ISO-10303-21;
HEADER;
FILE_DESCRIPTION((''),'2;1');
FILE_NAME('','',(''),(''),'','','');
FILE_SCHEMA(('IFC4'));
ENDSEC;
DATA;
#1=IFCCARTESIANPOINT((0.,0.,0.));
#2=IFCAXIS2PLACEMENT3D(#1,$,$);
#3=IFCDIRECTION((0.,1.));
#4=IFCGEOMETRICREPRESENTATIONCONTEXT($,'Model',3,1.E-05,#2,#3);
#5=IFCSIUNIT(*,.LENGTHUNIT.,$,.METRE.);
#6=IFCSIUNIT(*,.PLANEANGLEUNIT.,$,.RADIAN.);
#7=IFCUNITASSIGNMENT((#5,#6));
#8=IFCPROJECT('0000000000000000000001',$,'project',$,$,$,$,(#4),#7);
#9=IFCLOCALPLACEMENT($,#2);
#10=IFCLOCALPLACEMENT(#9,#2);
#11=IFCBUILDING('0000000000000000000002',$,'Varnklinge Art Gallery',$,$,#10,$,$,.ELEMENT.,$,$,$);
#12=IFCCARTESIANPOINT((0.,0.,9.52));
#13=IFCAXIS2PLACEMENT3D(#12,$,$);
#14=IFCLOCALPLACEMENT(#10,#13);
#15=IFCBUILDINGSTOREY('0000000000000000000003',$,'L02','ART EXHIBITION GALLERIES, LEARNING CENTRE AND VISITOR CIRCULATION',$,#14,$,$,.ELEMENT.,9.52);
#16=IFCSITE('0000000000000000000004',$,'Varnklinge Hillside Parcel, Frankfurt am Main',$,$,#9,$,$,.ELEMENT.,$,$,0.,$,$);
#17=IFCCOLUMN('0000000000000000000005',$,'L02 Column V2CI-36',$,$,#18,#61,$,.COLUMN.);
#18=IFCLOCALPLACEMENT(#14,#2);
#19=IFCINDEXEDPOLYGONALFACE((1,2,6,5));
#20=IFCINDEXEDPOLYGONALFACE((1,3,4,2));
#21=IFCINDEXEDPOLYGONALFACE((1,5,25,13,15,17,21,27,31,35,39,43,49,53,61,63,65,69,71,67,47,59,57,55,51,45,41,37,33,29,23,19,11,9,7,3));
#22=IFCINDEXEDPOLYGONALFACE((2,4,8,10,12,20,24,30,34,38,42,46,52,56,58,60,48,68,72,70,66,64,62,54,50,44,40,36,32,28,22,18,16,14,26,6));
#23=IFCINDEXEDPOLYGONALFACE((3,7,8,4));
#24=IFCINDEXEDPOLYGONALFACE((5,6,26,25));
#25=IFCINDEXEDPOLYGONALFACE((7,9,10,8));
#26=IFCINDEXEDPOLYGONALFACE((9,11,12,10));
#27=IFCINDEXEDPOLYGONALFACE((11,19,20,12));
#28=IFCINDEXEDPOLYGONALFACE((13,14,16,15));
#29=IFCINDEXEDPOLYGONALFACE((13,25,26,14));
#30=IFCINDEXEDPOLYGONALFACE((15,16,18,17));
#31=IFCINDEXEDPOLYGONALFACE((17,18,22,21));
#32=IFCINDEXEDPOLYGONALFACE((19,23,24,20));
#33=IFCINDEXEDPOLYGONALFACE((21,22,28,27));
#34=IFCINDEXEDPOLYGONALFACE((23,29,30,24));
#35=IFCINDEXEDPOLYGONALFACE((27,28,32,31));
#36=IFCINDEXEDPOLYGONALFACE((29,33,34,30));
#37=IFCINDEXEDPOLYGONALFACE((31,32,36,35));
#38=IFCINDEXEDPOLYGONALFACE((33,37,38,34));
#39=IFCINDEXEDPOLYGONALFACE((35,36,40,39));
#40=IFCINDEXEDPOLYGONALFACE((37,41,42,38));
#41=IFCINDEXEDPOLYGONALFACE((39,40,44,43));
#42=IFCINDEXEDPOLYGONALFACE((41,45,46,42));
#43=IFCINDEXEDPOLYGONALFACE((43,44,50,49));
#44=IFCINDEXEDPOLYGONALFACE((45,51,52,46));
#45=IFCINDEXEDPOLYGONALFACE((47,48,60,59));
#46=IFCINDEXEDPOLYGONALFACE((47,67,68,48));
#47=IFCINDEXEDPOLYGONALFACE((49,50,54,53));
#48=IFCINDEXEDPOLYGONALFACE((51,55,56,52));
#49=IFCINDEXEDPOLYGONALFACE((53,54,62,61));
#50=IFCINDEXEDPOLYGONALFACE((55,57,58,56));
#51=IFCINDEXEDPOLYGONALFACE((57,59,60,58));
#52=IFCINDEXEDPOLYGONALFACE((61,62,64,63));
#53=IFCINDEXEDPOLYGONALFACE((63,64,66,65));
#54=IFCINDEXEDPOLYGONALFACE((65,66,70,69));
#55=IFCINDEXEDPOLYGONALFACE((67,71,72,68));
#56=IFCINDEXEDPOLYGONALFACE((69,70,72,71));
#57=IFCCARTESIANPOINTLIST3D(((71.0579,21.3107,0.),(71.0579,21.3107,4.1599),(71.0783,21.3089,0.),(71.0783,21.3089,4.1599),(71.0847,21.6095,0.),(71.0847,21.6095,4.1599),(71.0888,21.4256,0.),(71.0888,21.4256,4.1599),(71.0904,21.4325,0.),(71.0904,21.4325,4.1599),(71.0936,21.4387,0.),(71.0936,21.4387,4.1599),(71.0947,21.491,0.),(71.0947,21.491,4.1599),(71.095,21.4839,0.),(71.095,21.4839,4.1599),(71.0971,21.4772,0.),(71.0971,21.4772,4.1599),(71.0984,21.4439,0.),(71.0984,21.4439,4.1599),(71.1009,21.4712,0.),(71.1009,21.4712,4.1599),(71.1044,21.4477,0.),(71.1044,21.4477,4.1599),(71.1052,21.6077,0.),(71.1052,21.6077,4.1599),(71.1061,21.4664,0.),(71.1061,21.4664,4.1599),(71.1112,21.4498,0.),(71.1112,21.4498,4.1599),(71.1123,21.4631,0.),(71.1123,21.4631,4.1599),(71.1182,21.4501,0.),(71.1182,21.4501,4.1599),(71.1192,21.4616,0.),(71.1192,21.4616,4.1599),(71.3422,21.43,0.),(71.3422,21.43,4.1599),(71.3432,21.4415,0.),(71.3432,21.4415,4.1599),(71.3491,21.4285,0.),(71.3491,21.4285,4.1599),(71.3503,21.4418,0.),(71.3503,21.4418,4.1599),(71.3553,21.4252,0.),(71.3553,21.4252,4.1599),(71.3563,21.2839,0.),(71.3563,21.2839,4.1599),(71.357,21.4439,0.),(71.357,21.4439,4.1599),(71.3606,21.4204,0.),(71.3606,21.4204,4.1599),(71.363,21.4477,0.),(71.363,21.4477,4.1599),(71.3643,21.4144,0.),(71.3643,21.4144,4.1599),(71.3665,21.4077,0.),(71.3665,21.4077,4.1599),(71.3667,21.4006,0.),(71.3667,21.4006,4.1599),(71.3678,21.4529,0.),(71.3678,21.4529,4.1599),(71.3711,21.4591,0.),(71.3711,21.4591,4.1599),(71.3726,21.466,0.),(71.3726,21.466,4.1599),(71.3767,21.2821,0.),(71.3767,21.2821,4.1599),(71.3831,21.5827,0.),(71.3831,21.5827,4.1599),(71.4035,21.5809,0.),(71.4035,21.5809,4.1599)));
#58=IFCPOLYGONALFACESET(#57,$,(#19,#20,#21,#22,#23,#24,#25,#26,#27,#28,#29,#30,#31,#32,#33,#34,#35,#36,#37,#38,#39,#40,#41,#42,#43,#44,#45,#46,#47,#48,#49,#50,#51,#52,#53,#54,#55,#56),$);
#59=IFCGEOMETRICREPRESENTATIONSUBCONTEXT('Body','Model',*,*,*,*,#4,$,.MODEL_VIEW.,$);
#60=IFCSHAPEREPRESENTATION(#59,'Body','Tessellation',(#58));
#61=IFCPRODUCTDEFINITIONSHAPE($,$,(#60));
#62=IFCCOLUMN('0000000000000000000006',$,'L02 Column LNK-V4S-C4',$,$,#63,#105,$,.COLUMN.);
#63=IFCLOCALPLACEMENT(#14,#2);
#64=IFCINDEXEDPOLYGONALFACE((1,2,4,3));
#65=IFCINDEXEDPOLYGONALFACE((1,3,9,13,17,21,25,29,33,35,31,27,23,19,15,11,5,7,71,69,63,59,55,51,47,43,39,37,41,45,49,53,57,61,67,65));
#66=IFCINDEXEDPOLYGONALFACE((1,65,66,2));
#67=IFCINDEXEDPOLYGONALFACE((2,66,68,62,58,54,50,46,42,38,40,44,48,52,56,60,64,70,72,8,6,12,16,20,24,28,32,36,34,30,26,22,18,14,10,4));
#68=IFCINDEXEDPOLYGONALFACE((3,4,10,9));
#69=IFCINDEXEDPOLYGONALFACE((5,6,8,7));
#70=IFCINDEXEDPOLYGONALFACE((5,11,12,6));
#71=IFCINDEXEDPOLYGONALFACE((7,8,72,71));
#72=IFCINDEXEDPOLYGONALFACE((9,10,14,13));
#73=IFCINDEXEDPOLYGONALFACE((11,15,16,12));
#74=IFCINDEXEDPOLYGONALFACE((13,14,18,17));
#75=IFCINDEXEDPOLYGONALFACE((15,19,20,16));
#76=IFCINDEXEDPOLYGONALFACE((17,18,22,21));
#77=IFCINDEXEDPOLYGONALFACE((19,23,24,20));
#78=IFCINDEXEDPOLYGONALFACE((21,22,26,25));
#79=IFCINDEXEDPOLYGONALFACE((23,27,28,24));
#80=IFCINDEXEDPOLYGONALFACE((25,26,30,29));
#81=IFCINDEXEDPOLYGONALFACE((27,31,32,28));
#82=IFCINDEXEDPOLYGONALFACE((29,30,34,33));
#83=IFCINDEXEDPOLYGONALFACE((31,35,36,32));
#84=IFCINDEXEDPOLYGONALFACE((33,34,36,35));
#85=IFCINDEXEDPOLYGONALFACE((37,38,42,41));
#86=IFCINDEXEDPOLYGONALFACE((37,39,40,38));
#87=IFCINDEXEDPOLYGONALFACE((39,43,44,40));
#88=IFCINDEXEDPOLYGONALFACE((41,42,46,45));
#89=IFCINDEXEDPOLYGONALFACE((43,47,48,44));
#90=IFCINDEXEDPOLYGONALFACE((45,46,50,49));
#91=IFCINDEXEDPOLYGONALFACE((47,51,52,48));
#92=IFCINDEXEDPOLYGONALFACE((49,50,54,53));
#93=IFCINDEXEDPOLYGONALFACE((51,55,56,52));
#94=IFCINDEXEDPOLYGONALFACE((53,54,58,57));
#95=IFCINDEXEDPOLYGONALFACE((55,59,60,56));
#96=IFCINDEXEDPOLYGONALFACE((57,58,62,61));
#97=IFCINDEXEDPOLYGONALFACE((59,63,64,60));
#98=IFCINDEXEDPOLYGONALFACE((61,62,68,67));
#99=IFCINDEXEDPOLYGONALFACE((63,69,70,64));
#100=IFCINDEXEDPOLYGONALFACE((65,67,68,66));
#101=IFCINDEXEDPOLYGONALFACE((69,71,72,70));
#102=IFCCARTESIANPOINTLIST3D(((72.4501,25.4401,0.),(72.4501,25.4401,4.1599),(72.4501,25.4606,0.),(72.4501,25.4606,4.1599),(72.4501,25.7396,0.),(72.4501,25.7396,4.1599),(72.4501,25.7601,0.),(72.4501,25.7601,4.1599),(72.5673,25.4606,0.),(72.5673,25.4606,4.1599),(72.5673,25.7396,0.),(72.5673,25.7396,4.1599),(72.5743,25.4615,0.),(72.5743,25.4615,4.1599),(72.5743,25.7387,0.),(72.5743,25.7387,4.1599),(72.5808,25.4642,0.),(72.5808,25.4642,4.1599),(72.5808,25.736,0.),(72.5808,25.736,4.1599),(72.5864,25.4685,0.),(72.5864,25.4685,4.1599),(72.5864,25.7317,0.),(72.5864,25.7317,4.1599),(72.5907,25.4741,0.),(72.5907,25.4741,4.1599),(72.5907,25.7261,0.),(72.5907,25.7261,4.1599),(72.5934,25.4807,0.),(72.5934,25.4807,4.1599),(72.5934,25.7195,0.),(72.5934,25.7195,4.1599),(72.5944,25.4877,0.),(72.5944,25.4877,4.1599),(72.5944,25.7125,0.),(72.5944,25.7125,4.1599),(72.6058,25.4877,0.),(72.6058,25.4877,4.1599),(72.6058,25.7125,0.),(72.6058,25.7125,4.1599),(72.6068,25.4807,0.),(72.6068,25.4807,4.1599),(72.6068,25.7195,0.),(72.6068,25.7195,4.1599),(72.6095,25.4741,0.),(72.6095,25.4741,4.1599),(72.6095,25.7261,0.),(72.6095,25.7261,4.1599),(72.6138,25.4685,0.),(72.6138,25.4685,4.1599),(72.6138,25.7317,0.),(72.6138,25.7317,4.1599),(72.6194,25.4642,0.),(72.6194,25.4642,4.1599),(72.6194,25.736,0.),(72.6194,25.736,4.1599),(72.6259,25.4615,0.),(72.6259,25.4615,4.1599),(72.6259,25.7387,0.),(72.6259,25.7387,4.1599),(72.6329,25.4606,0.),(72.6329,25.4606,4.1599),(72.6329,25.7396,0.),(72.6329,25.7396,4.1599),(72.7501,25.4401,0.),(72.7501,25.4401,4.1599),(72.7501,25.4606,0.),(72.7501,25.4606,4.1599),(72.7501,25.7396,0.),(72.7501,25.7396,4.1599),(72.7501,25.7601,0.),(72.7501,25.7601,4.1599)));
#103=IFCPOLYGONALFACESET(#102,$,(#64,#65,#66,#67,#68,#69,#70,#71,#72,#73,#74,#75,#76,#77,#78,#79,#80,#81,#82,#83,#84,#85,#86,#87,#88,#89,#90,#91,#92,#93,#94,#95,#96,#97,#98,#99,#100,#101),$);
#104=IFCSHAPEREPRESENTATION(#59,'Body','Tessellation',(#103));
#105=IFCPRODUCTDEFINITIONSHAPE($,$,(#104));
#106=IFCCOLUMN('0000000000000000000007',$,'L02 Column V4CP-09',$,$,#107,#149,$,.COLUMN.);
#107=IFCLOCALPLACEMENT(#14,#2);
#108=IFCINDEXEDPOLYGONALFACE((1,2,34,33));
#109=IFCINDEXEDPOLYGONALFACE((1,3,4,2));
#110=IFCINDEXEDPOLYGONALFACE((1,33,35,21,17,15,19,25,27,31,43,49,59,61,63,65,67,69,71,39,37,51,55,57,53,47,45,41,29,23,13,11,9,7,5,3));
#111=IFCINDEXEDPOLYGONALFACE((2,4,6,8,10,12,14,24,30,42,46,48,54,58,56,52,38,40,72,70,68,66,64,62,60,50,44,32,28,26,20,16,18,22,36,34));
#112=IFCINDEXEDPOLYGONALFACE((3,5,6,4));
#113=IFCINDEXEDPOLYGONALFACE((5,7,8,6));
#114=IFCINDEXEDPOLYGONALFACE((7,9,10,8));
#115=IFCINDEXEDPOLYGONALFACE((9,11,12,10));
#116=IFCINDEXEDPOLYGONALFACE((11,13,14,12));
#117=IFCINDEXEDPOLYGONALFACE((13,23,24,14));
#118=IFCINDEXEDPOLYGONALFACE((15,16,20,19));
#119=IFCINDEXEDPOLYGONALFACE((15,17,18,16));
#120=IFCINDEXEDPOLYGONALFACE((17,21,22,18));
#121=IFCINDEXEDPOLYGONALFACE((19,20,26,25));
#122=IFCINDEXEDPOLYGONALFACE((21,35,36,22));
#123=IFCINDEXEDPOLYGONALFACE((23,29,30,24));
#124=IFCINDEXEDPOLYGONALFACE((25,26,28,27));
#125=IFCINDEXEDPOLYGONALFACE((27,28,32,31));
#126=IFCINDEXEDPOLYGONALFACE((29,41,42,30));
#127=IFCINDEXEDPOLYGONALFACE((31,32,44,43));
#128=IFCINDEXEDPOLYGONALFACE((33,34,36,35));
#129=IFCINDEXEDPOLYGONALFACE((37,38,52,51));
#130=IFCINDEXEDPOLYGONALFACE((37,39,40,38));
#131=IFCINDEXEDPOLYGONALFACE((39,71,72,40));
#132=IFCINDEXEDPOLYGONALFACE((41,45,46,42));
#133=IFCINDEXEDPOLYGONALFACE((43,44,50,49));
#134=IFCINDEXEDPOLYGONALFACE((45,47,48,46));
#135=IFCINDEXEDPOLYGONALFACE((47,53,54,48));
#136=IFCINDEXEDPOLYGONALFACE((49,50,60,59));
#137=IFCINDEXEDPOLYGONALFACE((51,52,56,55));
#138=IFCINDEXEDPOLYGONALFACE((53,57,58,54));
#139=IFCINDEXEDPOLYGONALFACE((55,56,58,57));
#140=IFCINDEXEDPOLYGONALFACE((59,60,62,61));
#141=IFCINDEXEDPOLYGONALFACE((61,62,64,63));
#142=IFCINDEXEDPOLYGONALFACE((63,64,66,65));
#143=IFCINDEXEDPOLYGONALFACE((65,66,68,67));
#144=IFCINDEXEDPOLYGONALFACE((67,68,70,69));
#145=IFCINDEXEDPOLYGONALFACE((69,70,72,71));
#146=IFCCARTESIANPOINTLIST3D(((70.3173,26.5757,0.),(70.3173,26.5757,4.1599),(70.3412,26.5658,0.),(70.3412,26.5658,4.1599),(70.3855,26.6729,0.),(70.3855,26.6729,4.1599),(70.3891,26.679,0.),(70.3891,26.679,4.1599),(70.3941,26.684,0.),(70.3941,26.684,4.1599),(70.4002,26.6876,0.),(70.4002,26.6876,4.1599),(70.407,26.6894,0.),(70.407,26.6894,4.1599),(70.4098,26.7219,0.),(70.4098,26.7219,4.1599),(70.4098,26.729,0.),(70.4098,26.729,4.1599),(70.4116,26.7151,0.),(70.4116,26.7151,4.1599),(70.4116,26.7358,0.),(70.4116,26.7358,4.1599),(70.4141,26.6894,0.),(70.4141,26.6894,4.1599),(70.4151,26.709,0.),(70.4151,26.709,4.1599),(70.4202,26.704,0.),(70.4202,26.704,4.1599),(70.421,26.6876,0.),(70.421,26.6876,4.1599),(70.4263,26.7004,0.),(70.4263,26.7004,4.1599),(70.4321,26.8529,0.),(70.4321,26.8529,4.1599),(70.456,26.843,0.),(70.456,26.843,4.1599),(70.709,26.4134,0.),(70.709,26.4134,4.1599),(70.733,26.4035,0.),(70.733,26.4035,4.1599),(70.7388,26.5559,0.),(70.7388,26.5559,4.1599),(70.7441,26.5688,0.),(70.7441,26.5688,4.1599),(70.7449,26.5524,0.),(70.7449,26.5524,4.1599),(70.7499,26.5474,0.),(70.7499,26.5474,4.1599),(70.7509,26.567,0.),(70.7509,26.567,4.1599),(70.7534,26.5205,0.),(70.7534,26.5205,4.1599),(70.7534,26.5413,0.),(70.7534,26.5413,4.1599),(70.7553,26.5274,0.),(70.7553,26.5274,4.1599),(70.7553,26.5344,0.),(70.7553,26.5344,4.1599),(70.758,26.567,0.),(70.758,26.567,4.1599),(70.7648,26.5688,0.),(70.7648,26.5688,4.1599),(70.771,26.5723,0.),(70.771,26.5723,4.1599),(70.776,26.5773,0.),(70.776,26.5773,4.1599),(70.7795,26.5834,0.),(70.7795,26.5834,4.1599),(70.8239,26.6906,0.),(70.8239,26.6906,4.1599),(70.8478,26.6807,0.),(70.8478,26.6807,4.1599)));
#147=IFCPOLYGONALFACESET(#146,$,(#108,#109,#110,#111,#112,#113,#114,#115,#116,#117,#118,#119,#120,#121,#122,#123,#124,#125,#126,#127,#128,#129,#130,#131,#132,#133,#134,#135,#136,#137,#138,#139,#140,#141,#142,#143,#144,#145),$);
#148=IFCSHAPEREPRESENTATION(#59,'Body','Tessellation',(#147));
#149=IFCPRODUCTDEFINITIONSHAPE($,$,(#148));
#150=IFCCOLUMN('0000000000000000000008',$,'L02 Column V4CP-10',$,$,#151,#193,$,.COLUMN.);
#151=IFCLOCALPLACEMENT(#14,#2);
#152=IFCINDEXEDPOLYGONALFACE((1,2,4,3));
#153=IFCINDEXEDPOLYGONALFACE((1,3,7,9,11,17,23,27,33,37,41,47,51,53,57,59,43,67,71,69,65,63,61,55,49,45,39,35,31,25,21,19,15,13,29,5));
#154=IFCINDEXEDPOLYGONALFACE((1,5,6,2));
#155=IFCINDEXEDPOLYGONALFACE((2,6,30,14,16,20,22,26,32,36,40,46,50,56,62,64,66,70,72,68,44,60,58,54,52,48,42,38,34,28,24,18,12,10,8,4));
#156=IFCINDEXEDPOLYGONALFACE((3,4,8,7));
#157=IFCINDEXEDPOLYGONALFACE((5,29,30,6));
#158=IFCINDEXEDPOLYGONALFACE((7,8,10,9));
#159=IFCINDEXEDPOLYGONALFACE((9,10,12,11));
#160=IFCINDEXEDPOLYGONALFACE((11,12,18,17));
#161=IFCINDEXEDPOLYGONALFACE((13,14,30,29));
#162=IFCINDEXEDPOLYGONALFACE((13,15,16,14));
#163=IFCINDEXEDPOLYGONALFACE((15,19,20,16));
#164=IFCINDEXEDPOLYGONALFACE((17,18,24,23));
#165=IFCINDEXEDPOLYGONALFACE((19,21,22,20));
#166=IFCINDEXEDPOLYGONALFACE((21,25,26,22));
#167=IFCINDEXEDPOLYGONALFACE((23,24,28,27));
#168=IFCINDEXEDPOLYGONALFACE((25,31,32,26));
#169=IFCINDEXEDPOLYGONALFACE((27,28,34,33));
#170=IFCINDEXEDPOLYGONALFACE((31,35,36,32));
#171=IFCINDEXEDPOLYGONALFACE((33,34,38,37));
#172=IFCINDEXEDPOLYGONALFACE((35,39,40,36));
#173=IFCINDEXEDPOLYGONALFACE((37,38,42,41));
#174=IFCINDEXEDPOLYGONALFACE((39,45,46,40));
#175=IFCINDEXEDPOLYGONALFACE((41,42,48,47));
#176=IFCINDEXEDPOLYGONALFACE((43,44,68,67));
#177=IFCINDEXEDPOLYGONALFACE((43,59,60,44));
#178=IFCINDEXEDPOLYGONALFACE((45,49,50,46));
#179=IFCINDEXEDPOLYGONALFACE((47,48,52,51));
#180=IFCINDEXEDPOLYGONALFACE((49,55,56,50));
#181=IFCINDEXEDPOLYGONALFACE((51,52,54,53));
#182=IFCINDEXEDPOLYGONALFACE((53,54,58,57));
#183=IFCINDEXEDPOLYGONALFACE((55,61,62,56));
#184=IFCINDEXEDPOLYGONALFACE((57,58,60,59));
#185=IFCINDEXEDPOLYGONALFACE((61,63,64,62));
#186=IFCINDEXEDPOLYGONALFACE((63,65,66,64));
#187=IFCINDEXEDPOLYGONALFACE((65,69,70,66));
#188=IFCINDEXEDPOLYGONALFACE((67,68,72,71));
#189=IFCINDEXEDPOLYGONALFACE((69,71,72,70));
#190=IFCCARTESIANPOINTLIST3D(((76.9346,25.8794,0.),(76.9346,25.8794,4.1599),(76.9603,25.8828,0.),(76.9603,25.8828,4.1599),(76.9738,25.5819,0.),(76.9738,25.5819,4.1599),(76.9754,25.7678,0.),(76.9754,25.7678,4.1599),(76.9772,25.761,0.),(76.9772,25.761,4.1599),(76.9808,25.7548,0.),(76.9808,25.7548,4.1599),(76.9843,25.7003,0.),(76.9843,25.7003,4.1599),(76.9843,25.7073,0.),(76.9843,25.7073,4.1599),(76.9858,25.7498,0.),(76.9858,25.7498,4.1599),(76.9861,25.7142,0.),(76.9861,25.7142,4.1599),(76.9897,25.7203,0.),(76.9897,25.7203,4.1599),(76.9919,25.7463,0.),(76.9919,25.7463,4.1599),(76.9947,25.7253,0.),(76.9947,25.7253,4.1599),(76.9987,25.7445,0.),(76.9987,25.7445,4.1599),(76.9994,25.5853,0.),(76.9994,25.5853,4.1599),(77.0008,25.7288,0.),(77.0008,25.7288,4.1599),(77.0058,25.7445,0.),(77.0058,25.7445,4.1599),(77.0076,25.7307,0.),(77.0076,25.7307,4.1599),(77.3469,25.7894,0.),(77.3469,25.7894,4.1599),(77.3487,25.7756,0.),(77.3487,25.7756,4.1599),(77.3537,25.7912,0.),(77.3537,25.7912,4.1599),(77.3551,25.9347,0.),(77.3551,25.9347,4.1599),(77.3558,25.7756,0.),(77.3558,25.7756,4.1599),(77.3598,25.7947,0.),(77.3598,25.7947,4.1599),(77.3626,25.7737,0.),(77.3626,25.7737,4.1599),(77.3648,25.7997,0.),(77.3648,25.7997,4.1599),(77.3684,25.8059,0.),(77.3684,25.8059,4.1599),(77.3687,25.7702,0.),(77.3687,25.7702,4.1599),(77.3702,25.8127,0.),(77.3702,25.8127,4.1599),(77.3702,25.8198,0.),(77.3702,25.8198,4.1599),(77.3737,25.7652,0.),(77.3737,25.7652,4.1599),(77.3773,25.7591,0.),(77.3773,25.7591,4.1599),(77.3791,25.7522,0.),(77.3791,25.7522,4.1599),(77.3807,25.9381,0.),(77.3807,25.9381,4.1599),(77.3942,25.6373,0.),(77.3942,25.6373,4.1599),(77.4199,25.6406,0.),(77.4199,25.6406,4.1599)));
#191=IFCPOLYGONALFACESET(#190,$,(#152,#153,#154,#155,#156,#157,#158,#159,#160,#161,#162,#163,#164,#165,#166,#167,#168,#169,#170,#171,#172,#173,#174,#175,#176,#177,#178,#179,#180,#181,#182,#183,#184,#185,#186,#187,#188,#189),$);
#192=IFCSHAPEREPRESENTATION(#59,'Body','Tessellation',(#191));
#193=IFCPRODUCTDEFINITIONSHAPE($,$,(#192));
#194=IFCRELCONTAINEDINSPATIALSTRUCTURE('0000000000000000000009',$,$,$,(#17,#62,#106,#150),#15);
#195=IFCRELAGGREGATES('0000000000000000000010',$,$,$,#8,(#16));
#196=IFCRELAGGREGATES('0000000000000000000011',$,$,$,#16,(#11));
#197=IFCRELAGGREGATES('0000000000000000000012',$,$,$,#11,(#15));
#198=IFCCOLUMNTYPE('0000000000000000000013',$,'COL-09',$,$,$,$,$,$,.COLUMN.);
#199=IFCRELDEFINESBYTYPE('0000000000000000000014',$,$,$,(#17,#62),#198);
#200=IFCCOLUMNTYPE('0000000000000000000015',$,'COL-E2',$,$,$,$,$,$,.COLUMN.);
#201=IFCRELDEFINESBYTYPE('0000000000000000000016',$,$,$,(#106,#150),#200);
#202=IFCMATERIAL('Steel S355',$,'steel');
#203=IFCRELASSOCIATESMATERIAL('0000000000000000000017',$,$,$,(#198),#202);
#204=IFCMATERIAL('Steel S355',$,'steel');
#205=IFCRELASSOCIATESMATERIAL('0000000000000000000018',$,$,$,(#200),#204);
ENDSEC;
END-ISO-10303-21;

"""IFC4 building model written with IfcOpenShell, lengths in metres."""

from ifc_helpers import new_model, si_unit, direction, frame, origin, origin_2d, place, context, subcontext, project, spatial, i_section, extrude, material, material_profile, profile_set, type_object, element, save


model = new_model("IFC4")

# Units and contexts
model_context = context("Model", 3, precision=1e-05, world=origin(), true_north=direction((0.0, 1.0)))
body_context = subcontext(model_context, "Body", "Model", "MODEL_VIEW")
ifc_project = project(units=[si_unit("LENGTHUNIT", "METRE"), si_unit("PLANEANGLEUNIT", "RADIAN")], contexts=[model_context])

# Site, building, storey
site_placement = place(None, origin())
site = spatial("IfcSite", under=ifc_project, at=site_placement, Name="Varnklinge Hillside Parcel, Frankfurt am Main", CompositionType="ELEMENT", RefElevation=0.0)
building_placement = place(site_placement, origin())
building = spatial("IfcBuilding", under=site, at=building_placement, Name="Varnklinge Art Gallery", CompositionType="ELEMENT")
storey_placement = place(building_placement, frame((0.0, 0.0, 9.52)))
storey = spatial("IfcBuildingStorey", under=building, at=storey_placement, Name="L02", Description="ART EXHIBITION GALLERIES, LEARNING CENTRE AND VISITOR CIRCULATION", CompositionType="ELEMENT", Elevation=9.52)

# Columns
ifc_material_1 = material(Name="Steel S355", Category="steel")
ifc_material_profile_1 = material_profile(ifc_material_1, i_section(OverallWidth=0.3, OverallDepth=0.3201, WebThickness=0.0115, FlangeThickness=0.0205, FilletRadius=0.0271, at=origin_2d()), Name="HEB 320")
ifc_profile_set_1 = profile_set([ifc_material_profile_1], Name="Steel S355")
column_type_1 = type_object("IfcColumnType", Name="COL-09", PredefinedType="COLUMN", material=ifc_profile_set_1)
for number, where, z_axis, x_axis, name in (
    (1, (71.2307, 21.4458, 0.0), (0.0, 0.0, 1.0), (0.089416, 0.995994, 0.0), "L02 Column V2CI-36"),
    (2, (72.6001, 25.6001, 0.0), (0.0, 0.0, 1.0), (1.0, 0.0, 0.0), "L02 Column LNK-V4S-C4"),
):
    element("IfcColumn", number, at=place(storey_placement, frame(where, z_axis=z_axis, x_axis=x_axis)), inside=storey, type_object=column_type_1, Name=name, PredefinedType="COLUMN", context=body_context, shape_type="SweptSolid", body=[
        extrude(i_section(OverallWidth=0.3, OverallDepth=0.3201, WebThickness=0.0115, FlangeThickness=0.0205, FilletRadius=0.0271, at=origin_2d()), origin(), (0.0, 0.0, 1.0), 4.1599),
    ])
ifc_material_2 = material(Name="Steel S355", Category="steel")
ifc_material_profile_2 = material_profile(ifc_material_2, i_section(OverallWidth=0.3, OverallDepth=0.45, WebThickness=0.0139, FlangeThickness=0.0259, FilletRadius=0.0271, at=origin_2d()), Name="HEB 450")
ifc_profile_set_2 = profile_set([ifc_material_profile_2], Name="Steel S355")
column_type_2 = type_object("IfcColumnType", Name="COL-E2", PredefinedType="COLUMN", material=ifc_profile_set_2)
for number, where, z_axis, x_axis, name in (
    (3, (70.5825, 26.6282, 0.0), (0.0, 0.0, 1.0), (-0.382683, -0.92388, 0.0), "L02 Column V4CP-09"),
    (4, (77.1772, 25.76, 0.0), (0.0, 0.0, 1.0), (0.130526, -0.991445, 0.0), "L02 Column V4CP-10"),
):
    element("IfcColumn", number, at=place(storey_placement, frame(where, z_axis=z_axis, x_axis=x_axis)), inside=storey, type_object=column_type_2, Name=name, PredefinedType="COLUMN", context=body_context, shape_type="SweptSolid", body=[
        extrude(i_section(OverallWidth=0.3, OverallDepth=0.45, WebThickness=0.0139, FlangeThickness=0.0259, FilletRadius=0.0271, at=origin_2d()), origin(), (0.0, 0.0, 1.0), 4.1599),
    ])

save(model, "model.ifc")
